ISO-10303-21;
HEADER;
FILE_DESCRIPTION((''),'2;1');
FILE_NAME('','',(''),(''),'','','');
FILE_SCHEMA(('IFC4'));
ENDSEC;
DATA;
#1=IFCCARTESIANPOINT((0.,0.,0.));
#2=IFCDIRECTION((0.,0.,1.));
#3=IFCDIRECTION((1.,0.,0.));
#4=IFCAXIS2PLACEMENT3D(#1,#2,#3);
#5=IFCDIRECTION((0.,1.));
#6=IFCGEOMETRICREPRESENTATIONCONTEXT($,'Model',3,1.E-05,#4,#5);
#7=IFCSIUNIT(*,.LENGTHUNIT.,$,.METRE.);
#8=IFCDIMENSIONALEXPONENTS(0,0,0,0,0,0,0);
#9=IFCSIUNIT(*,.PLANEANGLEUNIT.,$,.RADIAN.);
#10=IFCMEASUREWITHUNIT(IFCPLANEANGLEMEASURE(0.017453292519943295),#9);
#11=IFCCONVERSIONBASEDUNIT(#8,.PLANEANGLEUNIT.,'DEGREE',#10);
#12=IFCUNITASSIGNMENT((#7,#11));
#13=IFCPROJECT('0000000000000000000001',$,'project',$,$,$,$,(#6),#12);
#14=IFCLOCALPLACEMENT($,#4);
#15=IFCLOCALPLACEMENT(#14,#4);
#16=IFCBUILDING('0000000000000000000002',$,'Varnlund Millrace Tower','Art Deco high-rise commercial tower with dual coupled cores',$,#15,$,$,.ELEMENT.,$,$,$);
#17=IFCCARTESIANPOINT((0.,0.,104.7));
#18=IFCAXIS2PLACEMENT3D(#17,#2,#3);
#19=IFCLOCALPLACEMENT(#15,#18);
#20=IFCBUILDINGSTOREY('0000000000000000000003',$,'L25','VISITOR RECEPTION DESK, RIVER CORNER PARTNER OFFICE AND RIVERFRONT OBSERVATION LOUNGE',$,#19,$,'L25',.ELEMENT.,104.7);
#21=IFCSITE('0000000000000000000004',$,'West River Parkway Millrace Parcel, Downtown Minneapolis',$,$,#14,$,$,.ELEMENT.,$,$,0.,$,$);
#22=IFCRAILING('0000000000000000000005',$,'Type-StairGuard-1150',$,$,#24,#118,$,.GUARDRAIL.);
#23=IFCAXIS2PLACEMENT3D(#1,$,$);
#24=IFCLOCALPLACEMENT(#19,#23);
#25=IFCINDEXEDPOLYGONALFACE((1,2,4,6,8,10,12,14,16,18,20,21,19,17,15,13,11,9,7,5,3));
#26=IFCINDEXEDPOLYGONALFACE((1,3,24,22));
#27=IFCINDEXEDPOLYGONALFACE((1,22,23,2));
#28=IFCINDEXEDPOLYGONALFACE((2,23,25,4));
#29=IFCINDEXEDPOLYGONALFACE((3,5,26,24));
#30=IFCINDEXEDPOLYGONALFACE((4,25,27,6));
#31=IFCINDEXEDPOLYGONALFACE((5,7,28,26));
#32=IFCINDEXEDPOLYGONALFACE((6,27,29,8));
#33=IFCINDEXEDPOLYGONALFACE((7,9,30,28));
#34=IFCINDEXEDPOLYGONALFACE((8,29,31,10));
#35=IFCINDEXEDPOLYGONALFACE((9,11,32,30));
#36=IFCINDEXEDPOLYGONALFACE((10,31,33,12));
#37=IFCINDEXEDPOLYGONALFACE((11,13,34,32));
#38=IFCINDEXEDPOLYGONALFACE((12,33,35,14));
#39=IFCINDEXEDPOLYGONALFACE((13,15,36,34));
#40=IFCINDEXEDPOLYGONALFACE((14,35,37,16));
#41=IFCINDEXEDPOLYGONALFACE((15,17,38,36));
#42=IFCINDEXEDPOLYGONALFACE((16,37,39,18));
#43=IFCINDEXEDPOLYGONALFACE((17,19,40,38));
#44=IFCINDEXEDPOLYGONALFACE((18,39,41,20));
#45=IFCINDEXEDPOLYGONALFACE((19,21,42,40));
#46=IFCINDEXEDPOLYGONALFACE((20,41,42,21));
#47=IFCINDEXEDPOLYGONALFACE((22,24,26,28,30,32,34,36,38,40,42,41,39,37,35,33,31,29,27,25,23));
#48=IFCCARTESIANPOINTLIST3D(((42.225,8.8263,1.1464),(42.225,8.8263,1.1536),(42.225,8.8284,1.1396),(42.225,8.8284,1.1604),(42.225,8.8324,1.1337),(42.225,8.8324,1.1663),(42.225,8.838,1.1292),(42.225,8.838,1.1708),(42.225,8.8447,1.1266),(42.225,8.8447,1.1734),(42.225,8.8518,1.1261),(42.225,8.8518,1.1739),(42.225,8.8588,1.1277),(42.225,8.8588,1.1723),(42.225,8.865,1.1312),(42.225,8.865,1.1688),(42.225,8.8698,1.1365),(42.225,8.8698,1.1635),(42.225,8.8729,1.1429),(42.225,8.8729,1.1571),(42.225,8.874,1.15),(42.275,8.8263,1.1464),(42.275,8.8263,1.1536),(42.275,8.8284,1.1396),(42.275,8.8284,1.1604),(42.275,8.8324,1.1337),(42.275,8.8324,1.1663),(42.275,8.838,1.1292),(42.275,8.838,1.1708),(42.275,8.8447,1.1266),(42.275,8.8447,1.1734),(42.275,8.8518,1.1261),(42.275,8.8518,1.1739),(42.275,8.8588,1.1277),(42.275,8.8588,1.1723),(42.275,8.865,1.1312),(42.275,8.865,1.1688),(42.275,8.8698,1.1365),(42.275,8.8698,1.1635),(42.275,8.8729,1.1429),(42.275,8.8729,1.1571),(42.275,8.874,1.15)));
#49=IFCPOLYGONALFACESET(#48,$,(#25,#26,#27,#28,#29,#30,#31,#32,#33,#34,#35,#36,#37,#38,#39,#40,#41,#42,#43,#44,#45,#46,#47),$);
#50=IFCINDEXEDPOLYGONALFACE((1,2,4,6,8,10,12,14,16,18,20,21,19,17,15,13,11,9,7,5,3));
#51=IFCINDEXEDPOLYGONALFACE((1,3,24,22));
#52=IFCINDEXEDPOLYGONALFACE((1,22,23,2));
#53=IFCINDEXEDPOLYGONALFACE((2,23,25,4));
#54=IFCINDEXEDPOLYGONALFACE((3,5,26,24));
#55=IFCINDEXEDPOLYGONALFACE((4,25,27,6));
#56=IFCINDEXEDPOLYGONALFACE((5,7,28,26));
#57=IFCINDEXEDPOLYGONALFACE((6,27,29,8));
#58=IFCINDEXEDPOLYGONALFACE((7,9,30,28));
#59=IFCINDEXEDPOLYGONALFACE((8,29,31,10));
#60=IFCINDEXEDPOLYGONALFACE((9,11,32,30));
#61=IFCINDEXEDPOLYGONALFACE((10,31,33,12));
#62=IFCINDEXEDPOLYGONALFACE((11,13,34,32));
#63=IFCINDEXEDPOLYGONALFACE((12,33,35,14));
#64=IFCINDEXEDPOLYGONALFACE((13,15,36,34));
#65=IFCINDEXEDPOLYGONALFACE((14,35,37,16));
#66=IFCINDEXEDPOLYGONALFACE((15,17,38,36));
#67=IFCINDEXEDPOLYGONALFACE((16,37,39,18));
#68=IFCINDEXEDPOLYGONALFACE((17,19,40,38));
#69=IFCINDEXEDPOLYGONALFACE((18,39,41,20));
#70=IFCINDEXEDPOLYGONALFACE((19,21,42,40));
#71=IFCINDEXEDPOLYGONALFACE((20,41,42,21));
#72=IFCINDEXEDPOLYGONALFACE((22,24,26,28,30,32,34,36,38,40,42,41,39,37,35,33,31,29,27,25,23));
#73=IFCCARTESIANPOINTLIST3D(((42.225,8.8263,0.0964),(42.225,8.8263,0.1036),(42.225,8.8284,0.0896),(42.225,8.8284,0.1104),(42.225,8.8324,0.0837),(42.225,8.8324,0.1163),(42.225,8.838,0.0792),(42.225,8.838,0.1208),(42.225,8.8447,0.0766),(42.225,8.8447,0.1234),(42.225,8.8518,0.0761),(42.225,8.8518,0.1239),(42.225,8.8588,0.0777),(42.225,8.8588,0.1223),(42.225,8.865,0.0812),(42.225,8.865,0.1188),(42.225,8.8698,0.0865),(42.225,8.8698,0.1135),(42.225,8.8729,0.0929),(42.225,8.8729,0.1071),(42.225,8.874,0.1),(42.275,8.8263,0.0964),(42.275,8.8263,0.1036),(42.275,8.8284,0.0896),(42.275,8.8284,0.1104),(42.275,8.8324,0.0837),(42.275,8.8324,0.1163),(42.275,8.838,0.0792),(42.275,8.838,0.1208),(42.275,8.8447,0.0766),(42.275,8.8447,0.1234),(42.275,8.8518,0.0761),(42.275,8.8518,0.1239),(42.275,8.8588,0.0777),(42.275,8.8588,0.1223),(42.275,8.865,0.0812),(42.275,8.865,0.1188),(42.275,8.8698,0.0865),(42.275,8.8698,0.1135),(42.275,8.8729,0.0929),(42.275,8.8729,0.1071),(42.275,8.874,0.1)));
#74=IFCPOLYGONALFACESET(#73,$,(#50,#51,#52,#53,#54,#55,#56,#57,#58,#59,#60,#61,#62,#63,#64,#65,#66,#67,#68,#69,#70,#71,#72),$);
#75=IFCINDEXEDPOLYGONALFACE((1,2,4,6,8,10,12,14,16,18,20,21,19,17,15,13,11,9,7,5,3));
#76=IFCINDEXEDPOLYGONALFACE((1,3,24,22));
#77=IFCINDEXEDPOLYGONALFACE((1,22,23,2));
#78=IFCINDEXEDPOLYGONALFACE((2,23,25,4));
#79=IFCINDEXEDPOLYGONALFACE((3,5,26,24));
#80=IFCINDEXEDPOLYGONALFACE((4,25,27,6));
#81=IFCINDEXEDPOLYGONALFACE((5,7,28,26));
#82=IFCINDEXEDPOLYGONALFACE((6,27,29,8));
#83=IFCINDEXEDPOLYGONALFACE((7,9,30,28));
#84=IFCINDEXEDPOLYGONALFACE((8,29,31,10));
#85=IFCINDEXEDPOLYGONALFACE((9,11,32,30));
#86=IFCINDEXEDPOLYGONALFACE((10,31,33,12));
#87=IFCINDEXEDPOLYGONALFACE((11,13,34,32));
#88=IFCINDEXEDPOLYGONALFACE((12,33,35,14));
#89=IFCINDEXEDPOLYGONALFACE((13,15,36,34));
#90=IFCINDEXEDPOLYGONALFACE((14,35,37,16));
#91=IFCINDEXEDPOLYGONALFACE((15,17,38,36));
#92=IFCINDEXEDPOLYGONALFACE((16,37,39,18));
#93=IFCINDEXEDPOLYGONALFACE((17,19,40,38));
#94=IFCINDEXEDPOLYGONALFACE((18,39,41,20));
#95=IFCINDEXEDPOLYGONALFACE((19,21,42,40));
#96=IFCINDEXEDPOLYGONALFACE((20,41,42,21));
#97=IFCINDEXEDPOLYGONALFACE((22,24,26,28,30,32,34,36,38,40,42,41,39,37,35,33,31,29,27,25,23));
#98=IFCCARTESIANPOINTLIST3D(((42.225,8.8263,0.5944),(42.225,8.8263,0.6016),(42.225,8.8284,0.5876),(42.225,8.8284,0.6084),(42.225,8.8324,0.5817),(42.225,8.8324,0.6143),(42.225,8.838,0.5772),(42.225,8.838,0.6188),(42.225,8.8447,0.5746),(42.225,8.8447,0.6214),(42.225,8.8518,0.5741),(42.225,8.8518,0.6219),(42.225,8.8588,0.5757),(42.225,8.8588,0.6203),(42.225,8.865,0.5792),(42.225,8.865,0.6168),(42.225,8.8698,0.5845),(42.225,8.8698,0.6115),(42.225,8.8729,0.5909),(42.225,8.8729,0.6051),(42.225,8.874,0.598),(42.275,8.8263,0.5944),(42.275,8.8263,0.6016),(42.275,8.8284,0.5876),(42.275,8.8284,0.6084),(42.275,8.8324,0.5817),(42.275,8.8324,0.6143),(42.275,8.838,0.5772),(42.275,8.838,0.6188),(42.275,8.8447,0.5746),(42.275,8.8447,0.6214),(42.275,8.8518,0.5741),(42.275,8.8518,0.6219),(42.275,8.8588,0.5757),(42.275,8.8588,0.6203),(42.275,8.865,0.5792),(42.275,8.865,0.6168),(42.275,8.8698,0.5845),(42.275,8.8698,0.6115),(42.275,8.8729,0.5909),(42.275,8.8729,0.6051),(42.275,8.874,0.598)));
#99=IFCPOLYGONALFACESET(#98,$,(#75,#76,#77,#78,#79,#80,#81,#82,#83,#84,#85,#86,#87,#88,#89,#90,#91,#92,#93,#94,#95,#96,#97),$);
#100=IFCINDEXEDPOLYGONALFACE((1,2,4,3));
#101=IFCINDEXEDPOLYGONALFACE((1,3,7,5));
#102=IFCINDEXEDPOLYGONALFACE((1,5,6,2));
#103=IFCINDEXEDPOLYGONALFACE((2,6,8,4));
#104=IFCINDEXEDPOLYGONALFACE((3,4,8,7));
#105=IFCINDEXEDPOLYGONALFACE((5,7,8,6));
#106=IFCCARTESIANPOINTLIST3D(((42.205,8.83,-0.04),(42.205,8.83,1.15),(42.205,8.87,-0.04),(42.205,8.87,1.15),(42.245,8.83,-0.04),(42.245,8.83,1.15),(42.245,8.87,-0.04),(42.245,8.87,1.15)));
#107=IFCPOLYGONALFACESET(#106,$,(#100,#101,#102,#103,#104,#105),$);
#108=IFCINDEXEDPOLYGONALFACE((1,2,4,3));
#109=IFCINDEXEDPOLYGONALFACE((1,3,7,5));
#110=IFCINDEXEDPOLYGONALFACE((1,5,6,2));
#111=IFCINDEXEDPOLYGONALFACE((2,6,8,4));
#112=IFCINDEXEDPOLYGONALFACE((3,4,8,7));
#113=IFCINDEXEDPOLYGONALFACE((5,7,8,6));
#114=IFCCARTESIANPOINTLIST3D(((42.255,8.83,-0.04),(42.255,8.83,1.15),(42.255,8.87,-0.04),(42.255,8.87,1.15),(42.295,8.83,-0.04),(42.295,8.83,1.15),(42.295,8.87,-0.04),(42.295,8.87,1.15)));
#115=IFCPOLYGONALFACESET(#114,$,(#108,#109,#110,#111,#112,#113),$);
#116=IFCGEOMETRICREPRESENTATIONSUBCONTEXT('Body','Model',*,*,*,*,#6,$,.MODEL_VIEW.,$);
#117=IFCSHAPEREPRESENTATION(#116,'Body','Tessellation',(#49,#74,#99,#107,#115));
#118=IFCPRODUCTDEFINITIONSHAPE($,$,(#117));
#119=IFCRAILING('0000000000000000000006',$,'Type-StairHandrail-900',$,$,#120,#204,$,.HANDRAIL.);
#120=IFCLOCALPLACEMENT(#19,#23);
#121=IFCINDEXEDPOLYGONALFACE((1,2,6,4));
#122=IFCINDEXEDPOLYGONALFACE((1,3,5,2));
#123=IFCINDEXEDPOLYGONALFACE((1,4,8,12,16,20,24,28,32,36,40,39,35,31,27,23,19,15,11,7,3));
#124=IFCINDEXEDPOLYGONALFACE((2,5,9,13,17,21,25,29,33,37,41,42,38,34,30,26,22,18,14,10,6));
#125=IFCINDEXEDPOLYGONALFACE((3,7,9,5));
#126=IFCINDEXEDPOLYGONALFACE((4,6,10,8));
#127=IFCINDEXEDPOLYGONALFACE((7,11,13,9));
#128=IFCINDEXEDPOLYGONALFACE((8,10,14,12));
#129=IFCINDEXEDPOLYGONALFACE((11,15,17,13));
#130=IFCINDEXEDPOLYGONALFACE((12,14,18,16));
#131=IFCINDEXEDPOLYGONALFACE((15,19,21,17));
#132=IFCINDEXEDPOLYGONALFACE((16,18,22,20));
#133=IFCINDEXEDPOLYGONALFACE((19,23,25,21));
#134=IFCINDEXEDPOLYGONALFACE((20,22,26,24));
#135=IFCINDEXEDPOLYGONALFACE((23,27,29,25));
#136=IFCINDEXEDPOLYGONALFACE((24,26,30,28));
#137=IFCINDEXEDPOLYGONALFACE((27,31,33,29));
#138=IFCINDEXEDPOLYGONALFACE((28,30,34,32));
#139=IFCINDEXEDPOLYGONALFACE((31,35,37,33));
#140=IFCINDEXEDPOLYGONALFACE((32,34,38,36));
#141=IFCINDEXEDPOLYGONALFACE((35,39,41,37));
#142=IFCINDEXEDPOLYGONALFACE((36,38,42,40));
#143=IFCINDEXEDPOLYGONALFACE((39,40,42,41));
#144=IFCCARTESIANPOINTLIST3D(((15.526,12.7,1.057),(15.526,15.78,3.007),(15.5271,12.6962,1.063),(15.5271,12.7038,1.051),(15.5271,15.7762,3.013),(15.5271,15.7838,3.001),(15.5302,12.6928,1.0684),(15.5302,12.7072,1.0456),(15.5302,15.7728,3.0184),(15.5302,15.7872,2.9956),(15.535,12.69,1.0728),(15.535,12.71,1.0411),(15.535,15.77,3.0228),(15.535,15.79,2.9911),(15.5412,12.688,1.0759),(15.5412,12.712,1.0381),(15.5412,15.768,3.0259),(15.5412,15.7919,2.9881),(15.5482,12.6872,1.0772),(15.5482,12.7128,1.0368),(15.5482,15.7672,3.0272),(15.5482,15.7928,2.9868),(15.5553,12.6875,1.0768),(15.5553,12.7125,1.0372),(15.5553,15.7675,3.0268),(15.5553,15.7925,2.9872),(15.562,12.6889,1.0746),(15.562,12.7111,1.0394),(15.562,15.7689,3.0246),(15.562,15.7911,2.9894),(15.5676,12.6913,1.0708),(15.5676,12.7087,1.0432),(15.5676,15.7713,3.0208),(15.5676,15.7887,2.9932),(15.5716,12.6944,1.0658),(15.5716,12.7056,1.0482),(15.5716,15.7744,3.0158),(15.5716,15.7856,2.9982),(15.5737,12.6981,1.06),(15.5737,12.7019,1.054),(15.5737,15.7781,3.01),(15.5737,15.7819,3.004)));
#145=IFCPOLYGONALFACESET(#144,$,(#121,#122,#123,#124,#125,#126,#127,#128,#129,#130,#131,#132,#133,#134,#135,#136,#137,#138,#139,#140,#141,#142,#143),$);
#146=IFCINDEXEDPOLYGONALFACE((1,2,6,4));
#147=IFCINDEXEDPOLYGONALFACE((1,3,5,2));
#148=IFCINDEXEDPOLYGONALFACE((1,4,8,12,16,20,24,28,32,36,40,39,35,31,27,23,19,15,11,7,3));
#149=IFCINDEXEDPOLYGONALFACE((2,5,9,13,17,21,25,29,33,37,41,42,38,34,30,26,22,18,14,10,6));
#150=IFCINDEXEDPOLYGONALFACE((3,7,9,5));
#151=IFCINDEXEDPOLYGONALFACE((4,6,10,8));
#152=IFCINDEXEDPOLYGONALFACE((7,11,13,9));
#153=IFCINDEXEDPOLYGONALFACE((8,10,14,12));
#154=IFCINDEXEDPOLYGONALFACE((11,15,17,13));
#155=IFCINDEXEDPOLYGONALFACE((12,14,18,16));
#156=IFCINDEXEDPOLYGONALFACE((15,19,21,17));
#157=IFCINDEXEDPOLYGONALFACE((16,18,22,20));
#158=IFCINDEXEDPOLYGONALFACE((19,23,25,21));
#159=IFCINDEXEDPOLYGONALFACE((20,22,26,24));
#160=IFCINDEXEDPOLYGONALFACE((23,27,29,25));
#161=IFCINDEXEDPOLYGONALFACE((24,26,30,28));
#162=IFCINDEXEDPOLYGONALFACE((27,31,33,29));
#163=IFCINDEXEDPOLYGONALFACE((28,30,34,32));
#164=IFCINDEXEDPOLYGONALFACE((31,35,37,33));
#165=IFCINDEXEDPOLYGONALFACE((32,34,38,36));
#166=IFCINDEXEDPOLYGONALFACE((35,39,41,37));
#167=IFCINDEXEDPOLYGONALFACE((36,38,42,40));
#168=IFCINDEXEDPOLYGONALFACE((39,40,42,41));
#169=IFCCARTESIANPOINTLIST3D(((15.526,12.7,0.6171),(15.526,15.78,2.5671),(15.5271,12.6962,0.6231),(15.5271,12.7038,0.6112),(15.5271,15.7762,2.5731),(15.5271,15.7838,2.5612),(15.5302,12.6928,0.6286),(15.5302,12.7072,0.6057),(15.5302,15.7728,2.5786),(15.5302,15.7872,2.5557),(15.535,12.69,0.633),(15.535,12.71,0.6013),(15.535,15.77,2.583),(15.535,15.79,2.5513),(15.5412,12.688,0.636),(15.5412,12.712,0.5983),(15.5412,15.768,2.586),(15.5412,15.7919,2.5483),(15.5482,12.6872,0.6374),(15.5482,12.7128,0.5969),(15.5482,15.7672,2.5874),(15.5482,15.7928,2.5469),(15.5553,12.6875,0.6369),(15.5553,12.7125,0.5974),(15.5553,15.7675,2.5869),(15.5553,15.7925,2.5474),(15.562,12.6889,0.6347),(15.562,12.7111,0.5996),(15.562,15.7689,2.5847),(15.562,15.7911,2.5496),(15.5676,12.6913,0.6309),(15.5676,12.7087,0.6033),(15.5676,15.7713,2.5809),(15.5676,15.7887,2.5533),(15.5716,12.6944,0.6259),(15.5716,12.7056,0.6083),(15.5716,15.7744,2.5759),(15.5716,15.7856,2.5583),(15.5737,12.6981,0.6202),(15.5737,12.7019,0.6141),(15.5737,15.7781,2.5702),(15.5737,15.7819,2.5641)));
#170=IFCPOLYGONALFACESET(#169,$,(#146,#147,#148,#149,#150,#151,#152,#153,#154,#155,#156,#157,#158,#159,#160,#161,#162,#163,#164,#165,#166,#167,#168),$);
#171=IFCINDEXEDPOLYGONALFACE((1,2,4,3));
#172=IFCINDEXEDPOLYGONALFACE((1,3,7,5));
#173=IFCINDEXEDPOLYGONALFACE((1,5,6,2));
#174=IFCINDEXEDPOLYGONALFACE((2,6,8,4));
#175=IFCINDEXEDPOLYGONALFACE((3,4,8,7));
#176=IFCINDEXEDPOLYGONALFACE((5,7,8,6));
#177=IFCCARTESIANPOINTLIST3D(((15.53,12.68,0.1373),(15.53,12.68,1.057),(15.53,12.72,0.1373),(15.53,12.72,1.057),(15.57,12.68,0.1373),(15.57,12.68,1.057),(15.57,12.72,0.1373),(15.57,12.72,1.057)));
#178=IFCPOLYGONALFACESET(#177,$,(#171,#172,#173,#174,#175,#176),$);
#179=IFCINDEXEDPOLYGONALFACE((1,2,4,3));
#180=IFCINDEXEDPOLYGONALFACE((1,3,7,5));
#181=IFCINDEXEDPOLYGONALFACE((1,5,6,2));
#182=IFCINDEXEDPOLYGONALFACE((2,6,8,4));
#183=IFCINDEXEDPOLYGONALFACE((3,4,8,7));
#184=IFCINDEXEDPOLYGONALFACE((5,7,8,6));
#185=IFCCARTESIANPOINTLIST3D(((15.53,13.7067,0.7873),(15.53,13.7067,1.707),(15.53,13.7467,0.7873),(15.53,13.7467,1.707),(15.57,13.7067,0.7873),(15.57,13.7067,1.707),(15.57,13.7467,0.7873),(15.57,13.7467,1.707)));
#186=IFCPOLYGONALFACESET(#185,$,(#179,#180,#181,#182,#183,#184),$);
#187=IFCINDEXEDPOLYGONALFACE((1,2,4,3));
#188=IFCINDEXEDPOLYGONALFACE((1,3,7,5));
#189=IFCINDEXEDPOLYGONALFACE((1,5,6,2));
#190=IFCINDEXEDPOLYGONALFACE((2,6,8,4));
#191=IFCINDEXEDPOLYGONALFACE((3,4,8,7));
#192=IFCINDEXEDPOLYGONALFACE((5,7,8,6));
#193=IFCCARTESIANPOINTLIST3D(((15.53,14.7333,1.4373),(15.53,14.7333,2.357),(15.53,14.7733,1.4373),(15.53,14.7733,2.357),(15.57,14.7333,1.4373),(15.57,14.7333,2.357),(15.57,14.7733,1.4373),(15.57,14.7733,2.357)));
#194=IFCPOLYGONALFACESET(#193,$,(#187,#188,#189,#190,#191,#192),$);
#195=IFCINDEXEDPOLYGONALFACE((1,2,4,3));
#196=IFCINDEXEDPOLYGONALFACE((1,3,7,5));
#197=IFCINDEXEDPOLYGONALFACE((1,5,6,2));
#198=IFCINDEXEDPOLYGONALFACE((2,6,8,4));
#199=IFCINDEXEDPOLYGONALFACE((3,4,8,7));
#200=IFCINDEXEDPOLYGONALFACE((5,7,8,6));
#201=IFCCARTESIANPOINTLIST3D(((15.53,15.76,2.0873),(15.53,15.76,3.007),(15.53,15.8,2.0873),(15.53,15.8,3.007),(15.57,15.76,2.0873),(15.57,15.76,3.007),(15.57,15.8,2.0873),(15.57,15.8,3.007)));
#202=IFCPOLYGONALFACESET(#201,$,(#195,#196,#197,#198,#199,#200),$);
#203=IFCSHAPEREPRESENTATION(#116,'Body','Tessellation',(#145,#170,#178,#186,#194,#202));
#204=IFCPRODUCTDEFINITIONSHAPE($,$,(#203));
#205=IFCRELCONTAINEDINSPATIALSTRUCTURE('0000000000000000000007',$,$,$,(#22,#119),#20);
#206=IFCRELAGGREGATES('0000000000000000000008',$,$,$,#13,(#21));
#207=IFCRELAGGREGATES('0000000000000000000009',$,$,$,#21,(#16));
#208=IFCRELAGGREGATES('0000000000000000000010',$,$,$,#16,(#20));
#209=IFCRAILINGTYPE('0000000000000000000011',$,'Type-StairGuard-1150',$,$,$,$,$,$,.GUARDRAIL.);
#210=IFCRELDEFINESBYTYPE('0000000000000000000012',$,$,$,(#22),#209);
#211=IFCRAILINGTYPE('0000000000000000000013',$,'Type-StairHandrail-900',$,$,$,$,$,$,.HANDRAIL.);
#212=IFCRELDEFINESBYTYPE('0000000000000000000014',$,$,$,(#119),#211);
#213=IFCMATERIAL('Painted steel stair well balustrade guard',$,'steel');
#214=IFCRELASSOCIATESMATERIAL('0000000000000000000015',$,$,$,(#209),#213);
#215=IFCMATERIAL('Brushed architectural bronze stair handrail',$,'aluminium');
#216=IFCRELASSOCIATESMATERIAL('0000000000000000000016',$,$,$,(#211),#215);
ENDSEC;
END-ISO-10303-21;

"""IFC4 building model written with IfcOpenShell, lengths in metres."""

from ifc_helpers import new_model, entity, si_unit, converted_unit, direction, frame, origin_with_axes, origin_2d_with_axis, place, context, subcontext, project, spatial, rectangle, circle, extrude, material, type_object, element, save


model = new_model("IFC4")

# Units and contexts
model_context = context("Model", 3, precision=1e-05, world=origin_with_axes(), true_north=direction((0.0, 1.0)))
body_context = subcontext(model_context, "Body", "Model", "MODEL_VIEW")
ifc_project = project(units=[si_unit("LENGTHUNIT", "METRE"), converted_unit("PLANEANGLEUNIT", "DEGREE", entity("IfcPlaneAngleMeasure", 0.017453292519943295), si_unit("PLANEANGLEUNIT", "RADIAN"), dimensions=[0, 0, 0, 0, 0, 0, 0])], contexts=[model_context])

# Site, building, storey
site_placement = place(None, origin_with_axes())
site = spatial("IfcSite", under=ifc_project, at=site_placement, Name="West River Parkway Millrace Parcel, Downtown Minneapolis", CompositionType="ELEMENT", RefElevation=0.0)
building_placement = place(site_placement, origin_with_axes())
building = spatial("IfcBuilding", under=site, at=building_placement, Name="Varnlund Millrace Tower", Description="Art Deco high-rise commercial tower with dual coupled cores", CompositionType="ELEMENT")
storey_placement = place(building_placement, frame((0.0, 0.0, 104.7), z_axis=(0.0, 0.0, 1.0), x_axis=(1.0, 0.0, 0.0)))
storey = spatial("IfcBuildingStorey", under=building, at=storey_placement, Name="L25", Description="VISITOR RECEPTION DESK, RIVER CORNER PARTNER OFFICE AND RIVERFRONT OBSERVATION LOUNGE", LongName="L25", CompositionType="ELEMENT", Elevation=104.7)

# Railings
ifc_material_1 = material(Name="Painted steel stair well balustrade guard", Category="steel")
railing_type_1 = type_object("IfcRailingType", Name="Type-StairGuard-1150", PredefinedType="GUARDRAIL", material=ifc_material_1)
railing_1_placement = place(storey_placement, frame((0.0, 0.0, -104.7), z_axis=(0.0, 0.0, 1.0), x_axis=(1.0, 0.0, 0.0)))
element("IfcRailing", 1, at=railing_1_placement, inside=storey, type_object=railing_type_1, Name="Type-StairGuard-1150", PredefinedType="GUARDRAIL", context=body_context, shape_type="SweptSolid", body=[
    extrude(circle(Radius=0.024, at=origin_2d_with_axis()), frame((42.225, 8.85, 105.85), z_axis=(1.0, 0.0, 0.0), x_axis=(0.0, 1.0, 0.0)), (0.0, 0.0, 1.0), 0.05),
    extrude(circle(Radius=0.024, at=origin_2d_with_axis()), frame((42.225, 8.85, 104.8), z_axis=(1.0, 0.0, 0.0), x_axis=(0.0, 1.0, 0.0)), (0.0, 0.0, 1.0), 0.05),
    extrude(circle(Radius=0.024, at=origin_2d_with_axis()), frame((42.225, 8.85, 105.298), z_axis=(1.0, 0.0, 0.0), x_axis=(0.0, 1.0, 0.0)), (0.0, 0.0, 1.0), 0.05),
    extrude(rectangle(XDim=0.04, YDim=0.04, at=origin_2d_with_axis()), frame((42.225, 8.85, 104.66), z_axis=(0.0, 0.0, 1.0), x_axis=(1.0, 0.0, 0.0)), (0.0, 0.0, 1.0), 1.19),
    extrude(rectangle(XDim=0.04, YDim=0.04, at=origin_2d_with_axis()), frame((42.275, 8.85, 104.66), z_axis=(0.0, 0.0, 1.0), x_axis=(1.0, 0.0, 0.0)), (0.0, 0.0, 1.0), 1.19),
])
ifc_material_2 = material(Name="Brushed architectural bronze stair handrail", Category="aluminium")
railing_type_2 = type_object("IfcRailingType", Name="Type-StairHandrail-900", PredefinedType="HANDRAIL", material=ifc_material_2)
railing_2_placement = place(storey_placement, frame((0.0, 0.0, -104.7), z_axis=(0.0, 0.0, 1.0), x_axis=(1.0, 0.0, 0.0)))
element("IfcRailing", 2, at=railing_2_placement, inside=storey, type_object=railing_type_2, Name="Type-StairHandrail-900", PredefinedType="HANDRAIL", context=body_context, shape_type="SweptSolid", body=[
    extrude(circle(Radius=0.024, at=origin_2d_with_axis()), frame((15.55, 12.7, 105.757), z_axis=(0.0, 0.844902, 0.534922), x_axis=(-1.0, 0.0, 0.0)), (0.0, 0.0, 1.0), 3.6454),
    extrude(circle(Radius=0.024, at=origin_2d_with_axis()), frame((15.55, 12.7, 105.3171), z_axis=(0.0, 0.844902, 0.534922), x_axis=(-1.0, 0.0, 0.0)), (0.0, 0.0, 1.0), 3.6454),
    extrude(rectangle(XDim=0.04, YDim=0.04, at=origin_2d_with_axis()), frame((15.55, 12.7, 104.8373), z_axis=(0.0, 0.0, 1.0), x_axis=(1.0, 0.0, 0.0)), (0.0, 0.0, 1.0), 0.9197),
    extrude(rectangle(XDim=0.04, YDim=0.04, at=origin_2d_with_axis()), frame((15.55, 13.7267, 105.4873), z_axis=(0.0, 0.0, 1.0), x_axis=(1.0, 0.0, 0.0)), (0.0, 0.0, 1.0), 0.9197),
    extrude(rectangle(XDim=0.04, YDim=0.04, at=origin_2d_with_axis()), frame((15.55, 14.7533, 106.1373), z_axis=(0.0, 0.0, 1.0), x_axis=(1.0, 0.0, 0.0)), (0.0, 0.0, 1.0), 0.9197),
    extrude(rectangle(XDim=0.04, YDim=0.04, at=origin_2d_with_axis()), frame((15.55, 15.78, 106.7873), z_axis=(0.0, 0.0, 1.0), x_axis=(1.0, 0.0, 0.0)), (0.0, 0.0, 1.0), 0.9197),
])

save(model, "model.ifc")
